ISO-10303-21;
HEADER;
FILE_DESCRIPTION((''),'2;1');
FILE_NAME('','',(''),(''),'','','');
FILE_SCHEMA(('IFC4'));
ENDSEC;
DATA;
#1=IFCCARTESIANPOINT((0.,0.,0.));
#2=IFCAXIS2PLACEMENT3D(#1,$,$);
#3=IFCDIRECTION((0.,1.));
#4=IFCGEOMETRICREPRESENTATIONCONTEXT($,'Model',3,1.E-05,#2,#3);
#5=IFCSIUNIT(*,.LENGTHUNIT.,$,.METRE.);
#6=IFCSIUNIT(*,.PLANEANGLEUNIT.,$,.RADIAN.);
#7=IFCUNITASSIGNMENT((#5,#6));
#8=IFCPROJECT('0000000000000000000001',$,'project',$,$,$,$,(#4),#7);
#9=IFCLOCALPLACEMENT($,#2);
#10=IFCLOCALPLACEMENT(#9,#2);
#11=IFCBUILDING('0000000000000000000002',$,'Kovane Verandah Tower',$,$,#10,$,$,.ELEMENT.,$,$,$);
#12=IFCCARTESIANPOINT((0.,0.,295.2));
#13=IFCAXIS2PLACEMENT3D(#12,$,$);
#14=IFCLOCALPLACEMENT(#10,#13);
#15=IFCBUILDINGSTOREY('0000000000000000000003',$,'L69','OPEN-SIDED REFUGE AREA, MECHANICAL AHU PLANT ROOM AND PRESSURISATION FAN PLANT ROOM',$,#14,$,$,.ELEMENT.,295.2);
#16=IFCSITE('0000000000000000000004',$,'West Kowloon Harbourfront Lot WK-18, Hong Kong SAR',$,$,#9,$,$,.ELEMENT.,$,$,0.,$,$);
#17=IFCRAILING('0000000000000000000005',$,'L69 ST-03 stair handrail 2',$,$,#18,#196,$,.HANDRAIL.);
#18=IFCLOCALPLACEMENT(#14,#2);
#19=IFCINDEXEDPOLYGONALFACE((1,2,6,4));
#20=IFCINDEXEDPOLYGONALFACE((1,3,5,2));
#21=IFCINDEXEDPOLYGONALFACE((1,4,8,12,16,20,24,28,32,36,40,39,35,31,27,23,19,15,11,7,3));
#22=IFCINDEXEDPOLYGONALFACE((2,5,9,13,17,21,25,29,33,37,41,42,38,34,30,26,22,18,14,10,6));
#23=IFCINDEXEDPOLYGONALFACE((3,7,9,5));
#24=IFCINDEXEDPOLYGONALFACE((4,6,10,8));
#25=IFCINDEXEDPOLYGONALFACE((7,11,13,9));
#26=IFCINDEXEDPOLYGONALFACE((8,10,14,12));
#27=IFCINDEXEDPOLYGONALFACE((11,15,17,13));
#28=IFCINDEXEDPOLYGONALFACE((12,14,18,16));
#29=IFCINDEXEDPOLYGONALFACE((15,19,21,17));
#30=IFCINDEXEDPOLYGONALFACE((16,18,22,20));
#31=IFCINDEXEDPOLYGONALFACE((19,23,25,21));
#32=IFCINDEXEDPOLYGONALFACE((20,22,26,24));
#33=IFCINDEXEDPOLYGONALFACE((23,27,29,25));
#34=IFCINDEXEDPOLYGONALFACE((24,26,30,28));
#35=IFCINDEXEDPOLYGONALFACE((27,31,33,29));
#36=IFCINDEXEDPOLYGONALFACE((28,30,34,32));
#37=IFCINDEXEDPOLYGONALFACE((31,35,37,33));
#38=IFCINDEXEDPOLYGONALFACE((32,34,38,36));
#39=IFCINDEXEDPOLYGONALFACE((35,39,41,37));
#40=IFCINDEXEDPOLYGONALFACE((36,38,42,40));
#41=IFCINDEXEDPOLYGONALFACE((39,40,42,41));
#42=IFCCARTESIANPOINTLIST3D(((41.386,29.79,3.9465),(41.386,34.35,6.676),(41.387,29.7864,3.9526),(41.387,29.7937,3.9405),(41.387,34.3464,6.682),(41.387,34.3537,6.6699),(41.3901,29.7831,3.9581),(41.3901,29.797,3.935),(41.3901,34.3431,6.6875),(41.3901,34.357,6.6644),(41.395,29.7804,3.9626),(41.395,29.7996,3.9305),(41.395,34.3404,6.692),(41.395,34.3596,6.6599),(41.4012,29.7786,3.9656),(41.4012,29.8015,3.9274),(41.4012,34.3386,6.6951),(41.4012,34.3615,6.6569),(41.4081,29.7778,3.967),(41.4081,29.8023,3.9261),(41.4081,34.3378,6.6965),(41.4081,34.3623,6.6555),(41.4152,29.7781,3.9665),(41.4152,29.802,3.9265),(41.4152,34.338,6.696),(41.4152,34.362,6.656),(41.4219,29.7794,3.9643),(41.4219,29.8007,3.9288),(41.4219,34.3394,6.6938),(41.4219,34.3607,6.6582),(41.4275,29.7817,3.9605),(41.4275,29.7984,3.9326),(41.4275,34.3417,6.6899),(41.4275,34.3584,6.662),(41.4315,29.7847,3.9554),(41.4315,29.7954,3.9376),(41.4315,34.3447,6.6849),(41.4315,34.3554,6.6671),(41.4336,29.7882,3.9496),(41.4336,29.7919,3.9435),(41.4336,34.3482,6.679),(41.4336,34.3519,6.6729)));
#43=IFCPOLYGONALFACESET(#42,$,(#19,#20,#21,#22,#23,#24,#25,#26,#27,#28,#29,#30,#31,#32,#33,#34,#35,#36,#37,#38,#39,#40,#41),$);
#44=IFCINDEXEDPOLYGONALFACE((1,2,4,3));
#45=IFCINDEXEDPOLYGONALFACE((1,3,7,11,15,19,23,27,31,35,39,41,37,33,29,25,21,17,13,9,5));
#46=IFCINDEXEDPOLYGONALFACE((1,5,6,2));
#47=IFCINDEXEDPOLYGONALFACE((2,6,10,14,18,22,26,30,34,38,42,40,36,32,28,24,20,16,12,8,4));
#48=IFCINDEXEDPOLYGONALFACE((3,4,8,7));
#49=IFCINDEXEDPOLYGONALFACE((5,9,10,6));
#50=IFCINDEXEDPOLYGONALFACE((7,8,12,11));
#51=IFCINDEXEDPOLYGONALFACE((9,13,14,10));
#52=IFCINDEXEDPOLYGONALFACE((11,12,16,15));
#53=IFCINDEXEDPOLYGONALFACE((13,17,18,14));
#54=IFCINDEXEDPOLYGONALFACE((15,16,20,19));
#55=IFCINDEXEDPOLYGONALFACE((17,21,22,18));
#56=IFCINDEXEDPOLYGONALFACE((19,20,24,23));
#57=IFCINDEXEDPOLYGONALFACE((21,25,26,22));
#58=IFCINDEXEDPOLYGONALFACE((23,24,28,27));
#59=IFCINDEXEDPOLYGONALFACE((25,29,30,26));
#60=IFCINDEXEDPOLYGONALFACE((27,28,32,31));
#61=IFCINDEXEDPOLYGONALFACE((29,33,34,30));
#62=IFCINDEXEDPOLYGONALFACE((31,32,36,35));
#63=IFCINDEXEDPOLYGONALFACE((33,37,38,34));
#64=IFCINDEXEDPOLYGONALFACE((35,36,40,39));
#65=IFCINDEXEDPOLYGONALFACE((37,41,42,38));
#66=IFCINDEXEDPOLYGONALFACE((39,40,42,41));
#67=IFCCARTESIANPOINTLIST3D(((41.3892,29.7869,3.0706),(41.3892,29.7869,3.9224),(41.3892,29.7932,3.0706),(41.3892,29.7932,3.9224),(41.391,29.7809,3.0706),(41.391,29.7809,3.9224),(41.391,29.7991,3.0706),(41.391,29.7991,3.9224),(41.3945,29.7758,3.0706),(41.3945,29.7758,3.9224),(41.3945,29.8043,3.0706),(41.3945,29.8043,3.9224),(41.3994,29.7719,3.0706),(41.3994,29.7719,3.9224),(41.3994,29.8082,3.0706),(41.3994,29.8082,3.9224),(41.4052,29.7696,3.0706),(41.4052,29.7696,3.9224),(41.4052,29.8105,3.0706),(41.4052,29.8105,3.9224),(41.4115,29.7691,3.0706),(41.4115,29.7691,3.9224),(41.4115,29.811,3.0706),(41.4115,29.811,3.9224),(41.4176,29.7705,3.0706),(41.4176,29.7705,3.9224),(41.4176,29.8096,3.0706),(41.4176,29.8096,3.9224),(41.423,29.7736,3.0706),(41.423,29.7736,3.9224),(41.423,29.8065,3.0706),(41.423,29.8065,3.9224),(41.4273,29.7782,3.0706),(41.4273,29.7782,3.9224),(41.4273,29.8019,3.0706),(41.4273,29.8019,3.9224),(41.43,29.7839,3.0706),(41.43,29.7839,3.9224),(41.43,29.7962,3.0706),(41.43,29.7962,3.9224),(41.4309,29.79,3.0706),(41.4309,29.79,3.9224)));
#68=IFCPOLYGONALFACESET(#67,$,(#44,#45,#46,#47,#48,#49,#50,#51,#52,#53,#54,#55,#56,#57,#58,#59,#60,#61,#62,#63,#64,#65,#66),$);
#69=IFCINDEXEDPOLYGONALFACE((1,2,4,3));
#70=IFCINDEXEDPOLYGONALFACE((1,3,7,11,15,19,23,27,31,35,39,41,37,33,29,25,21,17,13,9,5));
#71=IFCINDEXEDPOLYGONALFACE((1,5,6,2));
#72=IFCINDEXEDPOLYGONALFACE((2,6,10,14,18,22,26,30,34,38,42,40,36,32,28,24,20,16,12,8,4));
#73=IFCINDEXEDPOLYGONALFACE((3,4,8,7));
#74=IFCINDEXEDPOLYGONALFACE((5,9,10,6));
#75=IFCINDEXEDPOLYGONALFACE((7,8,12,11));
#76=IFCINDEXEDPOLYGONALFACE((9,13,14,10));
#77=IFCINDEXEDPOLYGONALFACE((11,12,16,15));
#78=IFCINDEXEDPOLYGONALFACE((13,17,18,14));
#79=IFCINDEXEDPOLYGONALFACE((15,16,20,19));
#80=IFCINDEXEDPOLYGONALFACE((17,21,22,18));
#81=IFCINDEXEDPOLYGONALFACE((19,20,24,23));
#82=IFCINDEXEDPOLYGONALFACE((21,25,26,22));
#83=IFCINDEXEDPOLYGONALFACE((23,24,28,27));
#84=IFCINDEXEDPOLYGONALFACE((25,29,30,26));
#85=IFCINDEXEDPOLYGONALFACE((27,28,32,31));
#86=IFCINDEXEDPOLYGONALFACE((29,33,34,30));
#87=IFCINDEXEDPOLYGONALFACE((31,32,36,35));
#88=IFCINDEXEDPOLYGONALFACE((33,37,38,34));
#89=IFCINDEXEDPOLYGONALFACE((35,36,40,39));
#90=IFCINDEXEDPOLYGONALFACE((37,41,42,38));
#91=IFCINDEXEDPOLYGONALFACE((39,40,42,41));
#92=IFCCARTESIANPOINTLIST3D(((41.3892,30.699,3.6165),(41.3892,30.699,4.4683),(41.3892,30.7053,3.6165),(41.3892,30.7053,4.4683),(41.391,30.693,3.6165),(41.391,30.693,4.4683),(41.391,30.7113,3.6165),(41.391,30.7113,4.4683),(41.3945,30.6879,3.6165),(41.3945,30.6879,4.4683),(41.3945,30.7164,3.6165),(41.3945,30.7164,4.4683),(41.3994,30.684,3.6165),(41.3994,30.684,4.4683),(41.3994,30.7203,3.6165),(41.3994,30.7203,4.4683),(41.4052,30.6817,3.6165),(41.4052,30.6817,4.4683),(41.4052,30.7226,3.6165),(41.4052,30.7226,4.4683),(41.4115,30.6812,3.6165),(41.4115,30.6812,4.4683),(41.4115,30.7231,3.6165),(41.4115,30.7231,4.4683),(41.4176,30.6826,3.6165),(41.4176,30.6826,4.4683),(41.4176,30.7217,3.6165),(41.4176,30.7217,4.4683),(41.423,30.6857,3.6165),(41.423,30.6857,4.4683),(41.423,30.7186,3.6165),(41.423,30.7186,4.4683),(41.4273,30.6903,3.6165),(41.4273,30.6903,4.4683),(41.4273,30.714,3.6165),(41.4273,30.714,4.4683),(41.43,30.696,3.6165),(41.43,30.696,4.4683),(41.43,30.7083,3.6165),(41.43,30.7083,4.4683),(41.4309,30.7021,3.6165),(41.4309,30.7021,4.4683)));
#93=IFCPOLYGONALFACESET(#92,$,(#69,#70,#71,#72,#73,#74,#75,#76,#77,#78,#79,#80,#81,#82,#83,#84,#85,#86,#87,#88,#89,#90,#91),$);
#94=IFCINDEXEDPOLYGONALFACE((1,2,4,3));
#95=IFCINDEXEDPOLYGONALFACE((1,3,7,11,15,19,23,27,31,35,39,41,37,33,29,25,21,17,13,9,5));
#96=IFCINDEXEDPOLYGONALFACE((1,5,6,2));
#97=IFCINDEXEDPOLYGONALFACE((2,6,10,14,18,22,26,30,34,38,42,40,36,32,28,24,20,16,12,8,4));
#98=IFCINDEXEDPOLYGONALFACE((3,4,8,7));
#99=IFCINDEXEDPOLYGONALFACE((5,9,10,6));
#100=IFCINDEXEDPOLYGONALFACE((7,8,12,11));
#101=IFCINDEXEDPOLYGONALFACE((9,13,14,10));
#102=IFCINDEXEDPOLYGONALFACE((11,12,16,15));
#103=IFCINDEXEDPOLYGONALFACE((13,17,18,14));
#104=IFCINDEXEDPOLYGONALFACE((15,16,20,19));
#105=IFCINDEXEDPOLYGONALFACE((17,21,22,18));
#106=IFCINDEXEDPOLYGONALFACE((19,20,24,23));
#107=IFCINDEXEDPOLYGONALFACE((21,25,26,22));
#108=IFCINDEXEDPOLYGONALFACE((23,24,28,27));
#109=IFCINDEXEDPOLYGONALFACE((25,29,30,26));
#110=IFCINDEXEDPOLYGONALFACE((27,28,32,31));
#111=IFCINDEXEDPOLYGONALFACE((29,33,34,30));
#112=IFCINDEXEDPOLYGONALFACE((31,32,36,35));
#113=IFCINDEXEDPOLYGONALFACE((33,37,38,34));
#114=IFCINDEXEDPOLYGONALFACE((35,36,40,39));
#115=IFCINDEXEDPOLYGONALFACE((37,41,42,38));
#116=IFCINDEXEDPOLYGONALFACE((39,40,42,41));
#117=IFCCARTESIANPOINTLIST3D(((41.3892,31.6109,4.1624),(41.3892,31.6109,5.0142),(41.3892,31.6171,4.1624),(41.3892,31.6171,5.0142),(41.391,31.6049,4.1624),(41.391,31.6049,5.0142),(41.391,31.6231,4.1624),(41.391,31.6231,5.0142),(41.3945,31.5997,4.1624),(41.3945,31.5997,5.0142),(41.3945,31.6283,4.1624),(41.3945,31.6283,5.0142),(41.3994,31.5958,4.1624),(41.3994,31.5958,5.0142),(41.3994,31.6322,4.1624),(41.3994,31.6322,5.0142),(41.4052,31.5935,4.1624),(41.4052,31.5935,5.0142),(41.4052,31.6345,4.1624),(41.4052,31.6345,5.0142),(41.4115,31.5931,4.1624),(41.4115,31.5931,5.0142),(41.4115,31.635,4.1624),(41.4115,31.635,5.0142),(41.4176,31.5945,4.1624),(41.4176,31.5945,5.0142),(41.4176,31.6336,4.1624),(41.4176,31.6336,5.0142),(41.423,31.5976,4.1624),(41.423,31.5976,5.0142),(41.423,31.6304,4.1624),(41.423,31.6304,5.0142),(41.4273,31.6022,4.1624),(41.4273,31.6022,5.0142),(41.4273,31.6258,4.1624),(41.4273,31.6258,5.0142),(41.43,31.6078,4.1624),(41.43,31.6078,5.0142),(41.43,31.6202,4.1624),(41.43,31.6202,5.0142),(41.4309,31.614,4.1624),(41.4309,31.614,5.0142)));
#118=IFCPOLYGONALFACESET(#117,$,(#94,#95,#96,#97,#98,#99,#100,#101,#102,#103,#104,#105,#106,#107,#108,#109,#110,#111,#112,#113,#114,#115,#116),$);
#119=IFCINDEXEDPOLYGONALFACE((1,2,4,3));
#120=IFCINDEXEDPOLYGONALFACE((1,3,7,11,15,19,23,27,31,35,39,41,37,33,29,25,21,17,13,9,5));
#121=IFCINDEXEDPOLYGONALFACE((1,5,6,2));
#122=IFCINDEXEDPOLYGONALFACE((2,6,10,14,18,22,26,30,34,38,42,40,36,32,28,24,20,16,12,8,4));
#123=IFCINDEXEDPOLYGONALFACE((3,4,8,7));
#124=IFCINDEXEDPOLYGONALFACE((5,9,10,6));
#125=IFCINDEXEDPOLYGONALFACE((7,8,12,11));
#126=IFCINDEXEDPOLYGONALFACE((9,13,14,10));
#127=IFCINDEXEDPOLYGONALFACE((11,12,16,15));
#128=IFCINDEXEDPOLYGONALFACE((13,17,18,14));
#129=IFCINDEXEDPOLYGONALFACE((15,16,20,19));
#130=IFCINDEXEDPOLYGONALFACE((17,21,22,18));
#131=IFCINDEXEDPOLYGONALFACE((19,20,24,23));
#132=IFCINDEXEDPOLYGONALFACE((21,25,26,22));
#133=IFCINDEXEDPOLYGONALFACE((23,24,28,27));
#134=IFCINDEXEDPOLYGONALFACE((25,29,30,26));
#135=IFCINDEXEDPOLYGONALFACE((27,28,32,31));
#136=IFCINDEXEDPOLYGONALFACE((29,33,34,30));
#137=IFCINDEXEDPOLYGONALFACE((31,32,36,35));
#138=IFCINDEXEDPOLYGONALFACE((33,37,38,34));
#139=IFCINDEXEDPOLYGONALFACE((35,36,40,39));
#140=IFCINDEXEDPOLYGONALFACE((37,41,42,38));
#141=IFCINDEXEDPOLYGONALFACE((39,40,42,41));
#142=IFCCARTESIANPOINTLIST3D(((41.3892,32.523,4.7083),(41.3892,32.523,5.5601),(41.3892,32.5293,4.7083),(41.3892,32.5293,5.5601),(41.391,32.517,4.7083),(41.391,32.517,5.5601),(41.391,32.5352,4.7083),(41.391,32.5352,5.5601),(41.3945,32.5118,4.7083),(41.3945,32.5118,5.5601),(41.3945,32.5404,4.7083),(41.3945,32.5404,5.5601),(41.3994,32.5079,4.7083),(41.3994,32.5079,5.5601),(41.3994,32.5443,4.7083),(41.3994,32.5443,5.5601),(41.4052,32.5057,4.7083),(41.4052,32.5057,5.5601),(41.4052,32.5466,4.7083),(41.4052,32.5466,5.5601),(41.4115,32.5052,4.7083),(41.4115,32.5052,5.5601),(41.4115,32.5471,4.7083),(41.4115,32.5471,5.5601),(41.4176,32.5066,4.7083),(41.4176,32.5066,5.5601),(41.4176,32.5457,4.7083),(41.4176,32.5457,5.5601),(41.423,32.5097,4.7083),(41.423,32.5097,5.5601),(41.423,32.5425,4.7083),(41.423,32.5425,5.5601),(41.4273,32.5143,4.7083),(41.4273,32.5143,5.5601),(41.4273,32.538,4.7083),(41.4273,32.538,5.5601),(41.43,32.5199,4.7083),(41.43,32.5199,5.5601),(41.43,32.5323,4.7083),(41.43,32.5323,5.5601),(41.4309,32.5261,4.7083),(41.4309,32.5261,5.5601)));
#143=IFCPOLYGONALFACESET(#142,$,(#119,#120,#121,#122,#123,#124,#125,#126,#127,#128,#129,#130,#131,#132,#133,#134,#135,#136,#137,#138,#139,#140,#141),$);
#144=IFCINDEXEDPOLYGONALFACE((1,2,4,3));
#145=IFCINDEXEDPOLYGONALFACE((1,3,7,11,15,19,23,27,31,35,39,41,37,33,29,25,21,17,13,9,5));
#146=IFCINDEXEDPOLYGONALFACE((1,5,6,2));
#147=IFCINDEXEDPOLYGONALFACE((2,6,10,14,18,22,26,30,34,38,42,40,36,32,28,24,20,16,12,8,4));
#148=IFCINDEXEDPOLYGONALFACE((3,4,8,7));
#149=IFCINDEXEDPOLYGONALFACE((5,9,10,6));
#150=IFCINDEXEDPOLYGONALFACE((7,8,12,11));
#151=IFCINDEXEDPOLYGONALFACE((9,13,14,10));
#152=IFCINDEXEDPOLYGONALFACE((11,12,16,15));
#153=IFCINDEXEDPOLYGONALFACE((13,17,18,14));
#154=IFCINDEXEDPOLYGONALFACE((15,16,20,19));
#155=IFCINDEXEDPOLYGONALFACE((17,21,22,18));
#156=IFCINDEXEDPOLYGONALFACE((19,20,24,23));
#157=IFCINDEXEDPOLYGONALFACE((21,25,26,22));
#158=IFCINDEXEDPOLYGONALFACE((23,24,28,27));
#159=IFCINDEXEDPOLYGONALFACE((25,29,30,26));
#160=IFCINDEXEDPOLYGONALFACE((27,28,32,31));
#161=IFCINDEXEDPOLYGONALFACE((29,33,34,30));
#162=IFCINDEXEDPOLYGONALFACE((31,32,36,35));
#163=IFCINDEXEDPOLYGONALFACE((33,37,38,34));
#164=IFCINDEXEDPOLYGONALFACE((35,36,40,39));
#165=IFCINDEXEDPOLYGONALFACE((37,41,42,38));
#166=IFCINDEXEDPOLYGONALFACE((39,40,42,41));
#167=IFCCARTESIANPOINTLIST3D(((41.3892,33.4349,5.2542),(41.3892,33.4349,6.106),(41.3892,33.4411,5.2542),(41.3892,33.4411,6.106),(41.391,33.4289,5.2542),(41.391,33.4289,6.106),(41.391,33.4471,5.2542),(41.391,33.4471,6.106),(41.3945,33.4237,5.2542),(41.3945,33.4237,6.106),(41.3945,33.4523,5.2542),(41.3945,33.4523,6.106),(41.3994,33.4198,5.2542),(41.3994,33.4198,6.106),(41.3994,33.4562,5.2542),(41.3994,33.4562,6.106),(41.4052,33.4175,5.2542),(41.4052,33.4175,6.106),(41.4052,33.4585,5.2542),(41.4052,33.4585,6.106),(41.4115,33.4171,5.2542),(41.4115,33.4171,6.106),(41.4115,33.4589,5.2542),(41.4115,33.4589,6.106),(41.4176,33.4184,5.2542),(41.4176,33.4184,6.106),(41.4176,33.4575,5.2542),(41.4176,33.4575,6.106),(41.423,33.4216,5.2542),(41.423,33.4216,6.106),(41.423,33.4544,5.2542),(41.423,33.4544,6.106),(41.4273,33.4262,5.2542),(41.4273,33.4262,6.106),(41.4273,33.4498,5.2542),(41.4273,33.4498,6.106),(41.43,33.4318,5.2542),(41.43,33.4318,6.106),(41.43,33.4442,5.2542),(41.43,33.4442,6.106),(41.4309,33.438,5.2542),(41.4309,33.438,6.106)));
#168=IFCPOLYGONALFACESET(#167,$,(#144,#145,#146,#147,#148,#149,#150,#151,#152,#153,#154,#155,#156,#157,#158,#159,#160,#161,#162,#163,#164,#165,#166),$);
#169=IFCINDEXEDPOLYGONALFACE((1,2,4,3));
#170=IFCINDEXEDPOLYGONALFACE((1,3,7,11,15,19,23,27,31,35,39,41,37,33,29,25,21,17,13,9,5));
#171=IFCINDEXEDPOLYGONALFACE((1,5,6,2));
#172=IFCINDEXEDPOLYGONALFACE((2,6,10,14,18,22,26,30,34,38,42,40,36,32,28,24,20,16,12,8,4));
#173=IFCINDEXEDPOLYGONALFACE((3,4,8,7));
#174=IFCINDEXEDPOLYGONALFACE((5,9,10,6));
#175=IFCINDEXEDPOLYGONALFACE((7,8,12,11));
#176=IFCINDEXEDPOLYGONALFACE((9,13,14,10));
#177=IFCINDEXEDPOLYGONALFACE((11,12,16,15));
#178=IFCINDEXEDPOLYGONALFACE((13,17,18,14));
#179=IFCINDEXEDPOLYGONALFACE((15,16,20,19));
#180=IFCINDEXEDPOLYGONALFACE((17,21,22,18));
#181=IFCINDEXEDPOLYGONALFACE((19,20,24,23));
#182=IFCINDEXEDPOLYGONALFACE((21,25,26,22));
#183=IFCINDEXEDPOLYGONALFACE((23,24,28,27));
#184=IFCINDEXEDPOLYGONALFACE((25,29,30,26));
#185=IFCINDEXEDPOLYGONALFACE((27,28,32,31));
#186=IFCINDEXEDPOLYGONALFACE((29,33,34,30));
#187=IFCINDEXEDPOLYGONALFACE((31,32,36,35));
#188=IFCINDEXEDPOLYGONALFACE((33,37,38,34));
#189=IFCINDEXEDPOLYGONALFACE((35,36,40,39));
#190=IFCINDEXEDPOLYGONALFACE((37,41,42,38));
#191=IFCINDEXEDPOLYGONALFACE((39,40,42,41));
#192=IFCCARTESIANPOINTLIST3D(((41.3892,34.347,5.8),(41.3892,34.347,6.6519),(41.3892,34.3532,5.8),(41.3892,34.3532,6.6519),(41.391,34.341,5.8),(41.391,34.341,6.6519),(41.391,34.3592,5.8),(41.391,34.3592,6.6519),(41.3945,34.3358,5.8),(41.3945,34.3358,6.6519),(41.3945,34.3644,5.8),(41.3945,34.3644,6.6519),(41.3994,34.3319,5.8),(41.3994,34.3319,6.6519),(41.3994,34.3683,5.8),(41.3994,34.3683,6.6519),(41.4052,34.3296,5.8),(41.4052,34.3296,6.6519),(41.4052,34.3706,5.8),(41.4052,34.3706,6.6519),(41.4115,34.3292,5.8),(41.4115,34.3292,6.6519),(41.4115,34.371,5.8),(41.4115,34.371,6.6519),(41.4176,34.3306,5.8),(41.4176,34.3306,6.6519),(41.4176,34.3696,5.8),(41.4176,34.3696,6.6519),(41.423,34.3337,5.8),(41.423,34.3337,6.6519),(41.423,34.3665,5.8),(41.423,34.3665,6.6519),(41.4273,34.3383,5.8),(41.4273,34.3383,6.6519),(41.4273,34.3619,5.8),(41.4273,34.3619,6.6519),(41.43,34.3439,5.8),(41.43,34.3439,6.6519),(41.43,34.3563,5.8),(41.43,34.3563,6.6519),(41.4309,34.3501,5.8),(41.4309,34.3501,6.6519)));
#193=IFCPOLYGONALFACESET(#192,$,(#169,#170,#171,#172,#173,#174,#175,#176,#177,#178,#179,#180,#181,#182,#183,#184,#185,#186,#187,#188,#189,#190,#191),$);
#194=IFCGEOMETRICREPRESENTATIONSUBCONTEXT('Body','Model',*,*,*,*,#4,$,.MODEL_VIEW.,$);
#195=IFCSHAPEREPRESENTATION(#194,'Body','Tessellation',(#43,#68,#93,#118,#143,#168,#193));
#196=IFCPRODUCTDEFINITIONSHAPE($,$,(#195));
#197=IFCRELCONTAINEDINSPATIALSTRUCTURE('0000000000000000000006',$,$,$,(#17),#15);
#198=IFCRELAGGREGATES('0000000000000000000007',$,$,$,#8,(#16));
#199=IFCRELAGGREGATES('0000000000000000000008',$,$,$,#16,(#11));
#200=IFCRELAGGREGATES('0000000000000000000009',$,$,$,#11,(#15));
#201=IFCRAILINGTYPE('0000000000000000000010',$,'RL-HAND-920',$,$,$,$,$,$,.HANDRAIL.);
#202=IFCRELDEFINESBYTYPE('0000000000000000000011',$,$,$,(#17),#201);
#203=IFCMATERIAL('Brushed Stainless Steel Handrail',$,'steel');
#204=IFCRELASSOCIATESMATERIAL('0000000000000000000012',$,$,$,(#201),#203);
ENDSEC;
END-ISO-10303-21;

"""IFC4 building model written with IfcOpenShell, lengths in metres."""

from ifc_helpers import new_model, si_unit, direction, frame, origin, origin_2d, place, context, subcontext, project, spatial, circle, extrude, material, type_object, element, save


model = new_model("IFC4")

# Units and contexts
model_context = context("Model", 3, precision=1e-05, world=origin(), true_north=direction((0.0, 1.0)))
body_context = subcontext(model_context, "Body", "Model", "MODEL_VIEW")
ifc_project = project(units=[si_unit("LENGTHUNIT", "METRE"), si_unit("PLANEANGLEUNIT", "RADIAN")], contexts=[model_context])

# Site, building, storey
site_placement = place(None, origin())
site = spatial("IfcSite", under=ifc_project, at=site_placement, Name="West Kowloon Harbourfront Lot WK-18, Hong Kong SAR", CompositionType="ELEMENT", RefElevation=0.0)
building_placement = place(site_placement, origin())
building = spatial("IfcBuilding", under=site, at=building_placement, Name="Kovane Verandah Tower", CompositionType="ELEMENT")
storey_placement = place(building_placement, frame((0.0, 0.0, 295.2)))
storey = spatial("IfcBuildingStorey", under=building, at=storey_placement, Name="L69", Description="OPEN-SIDED REFUGE AREA, MECHANICAL AHU PLANT ROOM AND PRESSURISATION FAN PLANT ROOM", CompositionType="ELEMENT", Elevation=295.2)

# Railing
ifc_material_1 = material(Name="Brushed Stainless Steel Handrail", Category="steel")
railing_type_1 = type_object("IfcRailingType", Name="RL-HAND-920", PredefinedType="HANDRAIL", material=ifc_material_1)
railing_1_placement = place(storey_placement, frame((41.4099, 29.79, 3.0706)))
element("IfcRailing", 1, at=railing_1_placement, inside=storey, type_object=railing_type_1, Name="L69 ST-03 stair handrail 2", PredefinedType="HANDRAIL", context=body_context, shape_type="SweptSolid", body=[
    extrude(circle(Radius=0.0239, at=origin_2d()), frame((0.0, 0.0, 0.876), z_axis=(0.0, 0.858036, 0.51359), x_axis=(-1.0, 0.0, 0.0)), (0.0, 0.0, 1.0), 5.3145),
    extrude(circle(Radius=0.021, at=origin_2d()), origin(), (0.0, 0.0, 1.0), 0.8518),
    extrude(circle(Radius=0.021, at=origin_2d()), frame((0.0, 0.9121, 0.5459)), (0.0, 0.0, 1.0), 0.8518),
    extrude(circle(Radius=0.021, at=origin_2d()), frame((0.0, 1.824, 1.0918)), (0.0, 0.0, 1.0), 0.8518),
    extrude(circle(Radius=0.021, at=origin_2d()), frame((0.0, 2.7361, 1.6377)), (0.0, 0.0, 1.0), 0.8518),
    extrude(circle(Radius=0.021, at=origin_2d()), frame((0.0, 3.6479, 2.1836)), (0.0, 0.0, 1.0), 0.8518),
    extrude(circle(Radius=0.021, at=origin_2d()), frame((0.0, 4.5601, 2.7295)), (0.0, 0.0, 1.0), 0.8518),
])

save(model, "model.ifc")
